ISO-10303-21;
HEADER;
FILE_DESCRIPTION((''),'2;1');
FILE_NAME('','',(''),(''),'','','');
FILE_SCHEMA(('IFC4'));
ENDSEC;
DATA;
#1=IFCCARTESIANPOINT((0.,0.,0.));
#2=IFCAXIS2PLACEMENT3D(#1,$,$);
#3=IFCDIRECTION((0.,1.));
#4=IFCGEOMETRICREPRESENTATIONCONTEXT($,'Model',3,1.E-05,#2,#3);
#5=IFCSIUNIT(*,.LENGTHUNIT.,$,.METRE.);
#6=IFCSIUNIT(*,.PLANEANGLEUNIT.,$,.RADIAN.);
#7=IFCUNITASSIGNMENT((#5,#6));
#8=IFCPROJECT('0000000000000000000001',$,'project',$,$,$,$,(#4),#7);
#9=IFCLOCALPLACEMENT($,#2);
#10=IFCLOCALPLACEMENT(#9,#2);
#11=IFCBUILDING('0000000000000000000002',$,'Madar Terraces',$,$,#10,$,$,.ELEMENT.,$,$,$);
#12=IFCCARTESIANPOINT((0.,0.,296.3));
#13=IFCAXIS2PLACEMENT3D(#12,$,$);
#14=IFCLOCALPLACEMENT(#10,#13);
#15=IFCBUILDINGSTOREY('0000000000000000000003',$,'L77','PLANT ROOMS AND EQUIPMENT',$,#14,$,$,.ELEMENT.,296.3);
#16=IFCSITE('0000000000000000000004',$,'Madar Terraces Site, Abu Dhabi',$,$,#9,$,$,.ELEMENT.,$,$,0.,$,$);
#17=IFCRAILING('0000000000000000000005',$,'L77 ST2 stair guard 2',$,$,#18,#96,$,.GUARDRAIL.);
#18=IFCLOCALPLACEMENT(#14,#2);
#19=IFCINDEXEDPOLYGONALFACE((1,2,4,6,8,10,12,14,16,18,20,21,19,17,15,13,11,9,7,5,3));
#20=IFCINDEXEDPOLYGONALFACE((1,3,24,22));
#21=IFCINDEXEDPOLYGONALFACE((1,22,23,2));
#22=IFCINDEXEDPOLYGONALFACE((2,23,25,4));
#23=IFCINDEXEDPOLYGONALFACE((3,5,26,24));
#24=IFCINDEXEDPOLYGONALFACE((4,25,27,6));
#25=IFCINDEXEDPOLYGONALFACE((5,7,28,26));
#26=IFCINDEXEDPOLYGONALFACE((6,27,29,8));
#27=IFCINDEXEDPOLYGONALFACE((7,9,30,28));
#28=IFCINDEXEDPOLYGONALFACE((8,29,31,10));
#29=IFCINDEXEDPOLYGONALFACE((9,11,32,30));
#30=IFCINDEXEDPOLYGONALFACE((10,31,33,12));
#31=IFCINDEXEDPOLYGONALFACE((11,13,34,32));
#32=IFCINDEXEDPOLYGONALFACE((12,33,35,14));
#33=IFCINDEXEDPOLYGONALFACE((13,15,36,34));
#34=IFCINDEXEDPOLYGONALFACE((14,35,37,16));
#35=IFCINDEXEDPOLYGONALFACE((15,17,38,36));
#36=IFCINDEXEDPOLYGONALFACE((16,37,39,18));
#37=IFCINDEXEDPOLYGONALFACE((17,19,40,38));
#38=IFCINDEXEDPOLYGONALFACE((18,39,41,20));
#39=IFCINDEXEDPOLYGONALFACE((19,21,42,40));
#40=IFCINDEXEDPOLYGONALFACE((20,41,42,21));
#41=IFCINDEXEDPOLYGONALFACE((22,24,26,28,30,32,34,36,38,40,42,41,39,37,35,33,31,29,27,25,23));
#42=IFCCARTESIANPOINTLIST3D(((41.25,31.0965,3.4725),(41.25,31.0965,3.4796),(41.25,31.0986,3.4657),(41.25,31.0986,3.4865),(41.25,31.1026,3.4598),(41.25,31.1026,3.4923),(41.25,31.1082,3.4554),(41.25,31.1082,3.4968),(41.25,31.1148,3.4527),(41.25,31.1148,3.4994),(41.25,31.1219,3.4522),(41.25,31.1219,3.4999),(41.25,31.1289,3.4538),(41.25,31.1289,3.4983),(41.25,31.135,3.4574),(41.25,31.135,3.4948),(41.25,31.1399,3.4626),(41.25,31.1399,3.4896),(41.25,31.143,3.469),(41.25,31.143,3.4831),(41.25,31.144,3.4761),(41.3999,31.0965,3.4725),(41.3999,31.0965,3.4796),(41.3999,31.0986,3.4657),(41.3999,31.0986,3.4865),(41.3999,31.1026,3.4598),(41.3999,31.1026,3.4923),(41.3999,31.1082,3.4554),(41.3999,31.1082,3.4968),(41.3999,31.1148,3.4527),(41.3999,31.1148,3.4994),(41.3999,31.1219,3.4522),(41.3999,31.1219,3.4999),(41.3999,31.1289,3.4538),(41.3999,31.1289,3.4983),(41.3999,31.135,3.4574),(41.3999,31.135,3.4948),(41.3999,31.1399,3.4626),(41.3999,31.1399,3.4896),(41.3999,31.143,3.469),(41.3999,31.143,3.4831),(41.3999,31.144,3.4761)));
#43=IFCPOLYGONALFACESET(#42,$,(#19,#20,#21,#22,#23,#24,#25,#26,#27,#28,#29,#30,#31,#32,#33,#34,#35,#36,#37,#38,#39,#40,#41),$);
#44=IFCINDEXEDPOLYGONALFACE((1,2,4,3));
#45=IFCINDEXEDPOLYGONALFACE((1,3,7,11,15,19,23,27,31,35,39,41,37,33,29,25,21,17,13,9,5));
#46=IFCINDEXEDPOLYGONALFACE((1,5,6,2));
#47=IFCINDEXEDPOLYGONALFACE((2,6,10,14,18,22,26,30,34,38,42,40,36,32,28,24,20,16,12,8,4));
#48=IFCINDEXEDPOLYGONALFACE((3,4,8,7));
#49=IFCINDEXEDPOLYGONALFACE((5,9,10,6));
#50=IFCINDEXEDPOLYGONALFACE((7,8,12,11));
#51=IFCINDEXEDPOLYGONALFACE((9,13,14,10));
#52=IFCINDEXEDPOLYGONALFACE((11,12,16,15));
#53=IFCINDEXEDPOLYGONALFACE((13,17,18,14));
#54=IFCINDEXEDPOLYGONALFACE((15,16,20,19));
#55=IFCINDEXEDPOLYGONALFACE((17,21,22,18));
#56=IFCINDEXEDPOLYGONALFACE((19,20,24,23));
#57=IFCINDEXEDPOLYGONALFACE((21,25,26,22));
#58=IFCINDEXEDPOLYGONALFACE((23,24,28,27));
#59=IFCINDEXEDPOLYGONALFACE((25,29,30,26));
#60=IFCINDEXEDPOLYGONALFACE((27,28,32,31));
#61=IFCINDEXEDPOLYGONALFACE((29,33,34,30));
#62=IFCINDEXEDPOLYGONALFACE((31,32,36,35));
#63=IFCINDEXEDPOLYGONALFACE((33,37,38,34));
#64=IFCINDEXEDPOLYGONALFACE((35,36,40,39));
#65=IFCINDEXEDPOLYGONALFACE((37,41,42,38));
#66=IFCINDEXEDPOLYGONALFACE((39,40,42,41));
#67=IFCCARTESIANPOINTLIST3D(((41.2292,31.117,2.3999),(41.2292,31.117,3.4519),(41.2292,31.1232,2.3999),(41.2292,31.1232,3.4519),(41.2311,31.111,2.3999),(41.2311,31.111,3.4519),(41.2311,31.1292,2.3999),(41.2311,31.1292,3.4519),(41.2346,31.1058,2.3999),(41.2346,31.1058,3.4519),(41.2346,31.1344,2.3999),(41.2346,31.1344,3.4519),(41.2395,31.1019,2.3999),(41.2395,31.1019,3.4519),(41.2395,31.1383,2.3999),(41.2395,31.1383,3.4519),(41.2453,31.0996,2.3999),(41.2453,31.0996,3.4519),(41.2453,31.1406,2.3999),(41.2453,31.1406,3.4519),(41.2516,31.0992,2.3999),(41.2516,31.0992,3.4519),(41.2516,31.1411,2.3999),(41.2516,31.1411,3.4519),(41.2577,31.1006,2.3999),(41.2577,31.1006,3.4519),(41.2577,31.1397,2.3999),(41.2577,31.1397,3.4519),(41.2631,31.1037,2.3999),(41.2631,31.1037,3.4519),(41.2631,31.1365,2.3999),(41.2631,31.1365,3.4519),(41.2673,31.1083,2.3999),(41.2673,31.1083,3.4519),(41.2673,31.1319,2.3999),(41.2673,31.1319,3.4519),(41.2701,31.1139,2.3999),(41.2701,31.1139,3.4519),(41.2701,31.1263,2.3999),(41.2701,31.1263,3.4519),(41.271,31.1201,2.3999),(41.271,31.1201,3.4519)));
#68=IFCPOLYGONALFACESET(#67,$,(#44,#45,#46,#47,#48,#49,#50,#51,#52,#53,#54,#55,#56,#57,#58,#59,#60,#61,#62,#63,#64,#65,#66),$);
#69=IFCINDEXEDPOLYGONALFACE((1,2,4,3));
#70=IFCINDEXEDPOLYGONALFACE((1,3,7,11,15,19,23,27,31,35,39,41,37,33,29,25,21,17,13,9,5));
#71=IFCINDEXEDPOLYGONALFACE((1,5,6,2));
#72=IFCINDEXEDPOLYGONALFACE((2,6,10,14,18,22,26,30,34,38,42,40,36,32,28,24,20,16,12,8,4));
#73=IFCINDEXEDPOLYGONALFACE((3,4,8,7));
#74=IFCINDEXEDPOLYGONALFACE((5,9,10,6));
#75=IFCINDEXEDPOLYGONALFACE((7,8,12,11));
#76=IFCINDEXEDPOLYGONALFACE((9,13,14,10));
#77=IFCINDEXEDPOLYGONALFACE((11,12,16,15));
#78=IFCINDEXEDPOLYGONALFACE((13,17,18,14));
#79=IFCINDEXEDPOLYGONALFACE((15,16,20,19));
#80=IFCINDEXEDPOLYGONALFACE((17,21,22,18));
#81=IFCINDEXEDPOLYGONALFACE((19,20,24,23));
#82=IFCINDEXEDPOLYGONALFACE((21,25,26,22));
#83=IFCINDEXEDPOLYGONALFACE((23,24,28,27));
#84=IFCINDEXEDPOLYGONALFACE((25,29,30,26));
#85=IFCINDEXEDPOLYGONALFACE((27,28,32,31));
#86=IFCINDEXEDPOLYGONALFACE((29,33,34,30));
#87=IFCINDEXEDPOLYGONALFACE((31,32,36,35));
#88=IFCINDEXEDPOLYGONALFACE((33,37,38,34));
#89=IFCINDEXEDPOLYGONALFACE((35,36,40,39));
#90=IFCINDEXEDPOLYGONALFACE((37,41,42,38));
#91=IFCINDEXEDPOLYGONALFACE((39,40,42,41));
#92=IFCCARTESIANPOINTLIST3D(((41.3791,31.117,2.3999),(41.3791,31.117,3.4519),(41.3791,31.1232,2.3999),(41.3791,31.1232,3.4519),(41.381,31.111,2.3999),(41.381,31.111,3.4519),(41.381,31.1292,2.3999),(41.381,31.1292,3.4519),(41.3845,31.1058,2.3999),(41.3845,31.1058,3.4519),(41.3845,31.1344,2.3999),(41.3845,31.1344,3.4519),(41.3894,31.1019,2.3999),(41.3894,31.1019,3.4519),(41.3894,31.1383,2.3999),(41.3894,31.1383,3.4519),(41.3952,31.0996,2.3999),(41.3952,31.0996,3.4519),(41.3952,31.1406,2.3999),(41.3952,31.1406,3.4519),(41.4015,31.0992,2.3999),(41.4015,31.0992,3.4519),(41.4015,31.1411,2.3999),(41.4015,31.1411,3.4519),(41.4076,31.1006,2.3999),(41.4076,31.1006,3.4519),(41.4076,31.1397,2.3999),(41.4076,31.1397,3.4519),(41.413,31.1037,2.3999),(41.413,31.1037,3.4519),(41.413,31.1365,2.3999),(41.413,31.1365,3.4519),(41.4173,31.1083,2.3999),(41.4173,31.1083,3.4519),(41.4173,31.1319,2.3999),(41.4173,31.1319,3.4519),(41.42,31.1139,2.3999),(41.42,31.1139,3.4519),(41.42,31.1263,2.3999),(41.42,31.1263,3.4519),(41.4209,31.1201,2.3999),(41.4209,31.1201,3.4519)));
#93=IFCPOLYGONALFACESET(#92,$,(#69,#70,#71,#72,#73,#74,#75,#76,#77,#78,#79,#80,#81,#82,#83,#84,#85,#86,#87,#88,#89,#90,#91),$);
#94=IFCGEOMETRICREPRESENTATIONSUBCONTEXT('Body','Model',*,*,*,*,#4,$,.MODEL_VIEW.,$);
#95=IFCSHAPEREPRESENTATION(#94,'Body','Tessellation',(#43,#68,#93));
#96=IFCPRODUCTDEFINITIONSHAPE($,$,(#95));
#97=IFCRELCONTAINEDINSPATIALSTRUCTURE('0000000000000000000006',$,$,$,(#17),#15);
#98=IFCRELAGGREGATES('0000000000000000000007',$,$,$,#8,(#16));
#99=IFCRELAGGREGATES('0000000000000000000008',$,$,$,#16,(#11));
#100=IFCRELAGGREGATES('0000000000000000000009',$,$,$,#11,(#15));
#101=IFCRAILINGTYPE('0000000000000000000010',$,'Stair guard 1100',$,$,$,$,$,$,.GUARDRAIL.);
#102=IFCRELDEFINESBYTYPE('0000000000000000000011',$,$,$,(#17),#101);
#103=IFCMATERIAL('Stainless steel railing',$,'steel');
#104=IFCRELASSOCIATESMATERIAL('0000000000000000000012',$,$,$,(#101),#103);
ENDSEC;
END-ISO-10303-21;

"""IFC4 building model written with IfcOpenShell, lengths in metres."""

from ifc_helpers import new_model, si_unit, direction, frame, origin, origin_2d, place, context, subcontext, project, spatial, circle, extrude, material, type_object, element, save


model = new_model("IFC4")

# Units and contexts
model_context = context("Model", 3, precision=1e-05, world=origin(), true_north=direction((0.0, 1.0)))
body_context = subcontext(model_context, "Body", "Model", "MODEL_VIEW")
ifc_project = project(units=[si_unit("LENGTHUNIT", "METRE"), si_unit("PLANEANGLEUNIT", "RADIAN")], contexts=[model_context])

# Site, building, storey
site_placement = place(None, origin())
site = spatial("IfcSite", under=ifc_project, at=site_placement, Name="Madar Terraces Site, Abu Dhabi", CompositionType="ELEMENT", RefElevation=0.0)
building_placement = place(site_placement, origin())
building = spatial("IfcBuilding", under=site, at=building_placement, Name="Madar Terraces", CompositionType="ELEMENT")
storey_placement = place(building_placement, frame((0.0, 0.0, 296.3)))
storey = spatial("IfcBuildingStorey", under=building, at=storey_placement, Name="L77", Description="PLANT ROOMS AND EQUIPMENT", CompositionType="ELEMENT", Elevation=296.3)

# Railing
ifc_material_1 = material(Name="Stainless steel railing", Category="steel")
railing_type_1 = type_object("IfcRailingType", Name="Stair guard 1100", PredefinedType="GUARDRAIL", material=ifc_material_1)
railing_1_placement = place(storey_placement, frame((41.25, 31.1201, 2.3999)))
element("IfcRailing", 1, at=railing_1_placement, inside=storey, type_object=railing_type_1, Name="L77 ST2 stair guard 2", PredefinedType="GUARDRAIL", context=body_context, shape_type="SweptSolid", body=[
    extrude(circle(Radius=0.0239, at=origin_2d()), frame((0.0, 0.0, 1.0762), z_axis=(1.0, 0.0, 0.0), x_axis=(0.0, 1.0, 0.0)), (0.0, 0.0, 1.0), 0.1499),
    extrude(circle(Radius=0.021, at=origin_2d()), origin(), (0.0, 0.0, 1.0), 1.052),
    extrude(circle(Radius=0.021, at=origin_2d()), frame((0.1499, 0.0, 0.0)), (0.0, 0.0, 1.0), 1.052),
])

save(model, "model.ifc")
